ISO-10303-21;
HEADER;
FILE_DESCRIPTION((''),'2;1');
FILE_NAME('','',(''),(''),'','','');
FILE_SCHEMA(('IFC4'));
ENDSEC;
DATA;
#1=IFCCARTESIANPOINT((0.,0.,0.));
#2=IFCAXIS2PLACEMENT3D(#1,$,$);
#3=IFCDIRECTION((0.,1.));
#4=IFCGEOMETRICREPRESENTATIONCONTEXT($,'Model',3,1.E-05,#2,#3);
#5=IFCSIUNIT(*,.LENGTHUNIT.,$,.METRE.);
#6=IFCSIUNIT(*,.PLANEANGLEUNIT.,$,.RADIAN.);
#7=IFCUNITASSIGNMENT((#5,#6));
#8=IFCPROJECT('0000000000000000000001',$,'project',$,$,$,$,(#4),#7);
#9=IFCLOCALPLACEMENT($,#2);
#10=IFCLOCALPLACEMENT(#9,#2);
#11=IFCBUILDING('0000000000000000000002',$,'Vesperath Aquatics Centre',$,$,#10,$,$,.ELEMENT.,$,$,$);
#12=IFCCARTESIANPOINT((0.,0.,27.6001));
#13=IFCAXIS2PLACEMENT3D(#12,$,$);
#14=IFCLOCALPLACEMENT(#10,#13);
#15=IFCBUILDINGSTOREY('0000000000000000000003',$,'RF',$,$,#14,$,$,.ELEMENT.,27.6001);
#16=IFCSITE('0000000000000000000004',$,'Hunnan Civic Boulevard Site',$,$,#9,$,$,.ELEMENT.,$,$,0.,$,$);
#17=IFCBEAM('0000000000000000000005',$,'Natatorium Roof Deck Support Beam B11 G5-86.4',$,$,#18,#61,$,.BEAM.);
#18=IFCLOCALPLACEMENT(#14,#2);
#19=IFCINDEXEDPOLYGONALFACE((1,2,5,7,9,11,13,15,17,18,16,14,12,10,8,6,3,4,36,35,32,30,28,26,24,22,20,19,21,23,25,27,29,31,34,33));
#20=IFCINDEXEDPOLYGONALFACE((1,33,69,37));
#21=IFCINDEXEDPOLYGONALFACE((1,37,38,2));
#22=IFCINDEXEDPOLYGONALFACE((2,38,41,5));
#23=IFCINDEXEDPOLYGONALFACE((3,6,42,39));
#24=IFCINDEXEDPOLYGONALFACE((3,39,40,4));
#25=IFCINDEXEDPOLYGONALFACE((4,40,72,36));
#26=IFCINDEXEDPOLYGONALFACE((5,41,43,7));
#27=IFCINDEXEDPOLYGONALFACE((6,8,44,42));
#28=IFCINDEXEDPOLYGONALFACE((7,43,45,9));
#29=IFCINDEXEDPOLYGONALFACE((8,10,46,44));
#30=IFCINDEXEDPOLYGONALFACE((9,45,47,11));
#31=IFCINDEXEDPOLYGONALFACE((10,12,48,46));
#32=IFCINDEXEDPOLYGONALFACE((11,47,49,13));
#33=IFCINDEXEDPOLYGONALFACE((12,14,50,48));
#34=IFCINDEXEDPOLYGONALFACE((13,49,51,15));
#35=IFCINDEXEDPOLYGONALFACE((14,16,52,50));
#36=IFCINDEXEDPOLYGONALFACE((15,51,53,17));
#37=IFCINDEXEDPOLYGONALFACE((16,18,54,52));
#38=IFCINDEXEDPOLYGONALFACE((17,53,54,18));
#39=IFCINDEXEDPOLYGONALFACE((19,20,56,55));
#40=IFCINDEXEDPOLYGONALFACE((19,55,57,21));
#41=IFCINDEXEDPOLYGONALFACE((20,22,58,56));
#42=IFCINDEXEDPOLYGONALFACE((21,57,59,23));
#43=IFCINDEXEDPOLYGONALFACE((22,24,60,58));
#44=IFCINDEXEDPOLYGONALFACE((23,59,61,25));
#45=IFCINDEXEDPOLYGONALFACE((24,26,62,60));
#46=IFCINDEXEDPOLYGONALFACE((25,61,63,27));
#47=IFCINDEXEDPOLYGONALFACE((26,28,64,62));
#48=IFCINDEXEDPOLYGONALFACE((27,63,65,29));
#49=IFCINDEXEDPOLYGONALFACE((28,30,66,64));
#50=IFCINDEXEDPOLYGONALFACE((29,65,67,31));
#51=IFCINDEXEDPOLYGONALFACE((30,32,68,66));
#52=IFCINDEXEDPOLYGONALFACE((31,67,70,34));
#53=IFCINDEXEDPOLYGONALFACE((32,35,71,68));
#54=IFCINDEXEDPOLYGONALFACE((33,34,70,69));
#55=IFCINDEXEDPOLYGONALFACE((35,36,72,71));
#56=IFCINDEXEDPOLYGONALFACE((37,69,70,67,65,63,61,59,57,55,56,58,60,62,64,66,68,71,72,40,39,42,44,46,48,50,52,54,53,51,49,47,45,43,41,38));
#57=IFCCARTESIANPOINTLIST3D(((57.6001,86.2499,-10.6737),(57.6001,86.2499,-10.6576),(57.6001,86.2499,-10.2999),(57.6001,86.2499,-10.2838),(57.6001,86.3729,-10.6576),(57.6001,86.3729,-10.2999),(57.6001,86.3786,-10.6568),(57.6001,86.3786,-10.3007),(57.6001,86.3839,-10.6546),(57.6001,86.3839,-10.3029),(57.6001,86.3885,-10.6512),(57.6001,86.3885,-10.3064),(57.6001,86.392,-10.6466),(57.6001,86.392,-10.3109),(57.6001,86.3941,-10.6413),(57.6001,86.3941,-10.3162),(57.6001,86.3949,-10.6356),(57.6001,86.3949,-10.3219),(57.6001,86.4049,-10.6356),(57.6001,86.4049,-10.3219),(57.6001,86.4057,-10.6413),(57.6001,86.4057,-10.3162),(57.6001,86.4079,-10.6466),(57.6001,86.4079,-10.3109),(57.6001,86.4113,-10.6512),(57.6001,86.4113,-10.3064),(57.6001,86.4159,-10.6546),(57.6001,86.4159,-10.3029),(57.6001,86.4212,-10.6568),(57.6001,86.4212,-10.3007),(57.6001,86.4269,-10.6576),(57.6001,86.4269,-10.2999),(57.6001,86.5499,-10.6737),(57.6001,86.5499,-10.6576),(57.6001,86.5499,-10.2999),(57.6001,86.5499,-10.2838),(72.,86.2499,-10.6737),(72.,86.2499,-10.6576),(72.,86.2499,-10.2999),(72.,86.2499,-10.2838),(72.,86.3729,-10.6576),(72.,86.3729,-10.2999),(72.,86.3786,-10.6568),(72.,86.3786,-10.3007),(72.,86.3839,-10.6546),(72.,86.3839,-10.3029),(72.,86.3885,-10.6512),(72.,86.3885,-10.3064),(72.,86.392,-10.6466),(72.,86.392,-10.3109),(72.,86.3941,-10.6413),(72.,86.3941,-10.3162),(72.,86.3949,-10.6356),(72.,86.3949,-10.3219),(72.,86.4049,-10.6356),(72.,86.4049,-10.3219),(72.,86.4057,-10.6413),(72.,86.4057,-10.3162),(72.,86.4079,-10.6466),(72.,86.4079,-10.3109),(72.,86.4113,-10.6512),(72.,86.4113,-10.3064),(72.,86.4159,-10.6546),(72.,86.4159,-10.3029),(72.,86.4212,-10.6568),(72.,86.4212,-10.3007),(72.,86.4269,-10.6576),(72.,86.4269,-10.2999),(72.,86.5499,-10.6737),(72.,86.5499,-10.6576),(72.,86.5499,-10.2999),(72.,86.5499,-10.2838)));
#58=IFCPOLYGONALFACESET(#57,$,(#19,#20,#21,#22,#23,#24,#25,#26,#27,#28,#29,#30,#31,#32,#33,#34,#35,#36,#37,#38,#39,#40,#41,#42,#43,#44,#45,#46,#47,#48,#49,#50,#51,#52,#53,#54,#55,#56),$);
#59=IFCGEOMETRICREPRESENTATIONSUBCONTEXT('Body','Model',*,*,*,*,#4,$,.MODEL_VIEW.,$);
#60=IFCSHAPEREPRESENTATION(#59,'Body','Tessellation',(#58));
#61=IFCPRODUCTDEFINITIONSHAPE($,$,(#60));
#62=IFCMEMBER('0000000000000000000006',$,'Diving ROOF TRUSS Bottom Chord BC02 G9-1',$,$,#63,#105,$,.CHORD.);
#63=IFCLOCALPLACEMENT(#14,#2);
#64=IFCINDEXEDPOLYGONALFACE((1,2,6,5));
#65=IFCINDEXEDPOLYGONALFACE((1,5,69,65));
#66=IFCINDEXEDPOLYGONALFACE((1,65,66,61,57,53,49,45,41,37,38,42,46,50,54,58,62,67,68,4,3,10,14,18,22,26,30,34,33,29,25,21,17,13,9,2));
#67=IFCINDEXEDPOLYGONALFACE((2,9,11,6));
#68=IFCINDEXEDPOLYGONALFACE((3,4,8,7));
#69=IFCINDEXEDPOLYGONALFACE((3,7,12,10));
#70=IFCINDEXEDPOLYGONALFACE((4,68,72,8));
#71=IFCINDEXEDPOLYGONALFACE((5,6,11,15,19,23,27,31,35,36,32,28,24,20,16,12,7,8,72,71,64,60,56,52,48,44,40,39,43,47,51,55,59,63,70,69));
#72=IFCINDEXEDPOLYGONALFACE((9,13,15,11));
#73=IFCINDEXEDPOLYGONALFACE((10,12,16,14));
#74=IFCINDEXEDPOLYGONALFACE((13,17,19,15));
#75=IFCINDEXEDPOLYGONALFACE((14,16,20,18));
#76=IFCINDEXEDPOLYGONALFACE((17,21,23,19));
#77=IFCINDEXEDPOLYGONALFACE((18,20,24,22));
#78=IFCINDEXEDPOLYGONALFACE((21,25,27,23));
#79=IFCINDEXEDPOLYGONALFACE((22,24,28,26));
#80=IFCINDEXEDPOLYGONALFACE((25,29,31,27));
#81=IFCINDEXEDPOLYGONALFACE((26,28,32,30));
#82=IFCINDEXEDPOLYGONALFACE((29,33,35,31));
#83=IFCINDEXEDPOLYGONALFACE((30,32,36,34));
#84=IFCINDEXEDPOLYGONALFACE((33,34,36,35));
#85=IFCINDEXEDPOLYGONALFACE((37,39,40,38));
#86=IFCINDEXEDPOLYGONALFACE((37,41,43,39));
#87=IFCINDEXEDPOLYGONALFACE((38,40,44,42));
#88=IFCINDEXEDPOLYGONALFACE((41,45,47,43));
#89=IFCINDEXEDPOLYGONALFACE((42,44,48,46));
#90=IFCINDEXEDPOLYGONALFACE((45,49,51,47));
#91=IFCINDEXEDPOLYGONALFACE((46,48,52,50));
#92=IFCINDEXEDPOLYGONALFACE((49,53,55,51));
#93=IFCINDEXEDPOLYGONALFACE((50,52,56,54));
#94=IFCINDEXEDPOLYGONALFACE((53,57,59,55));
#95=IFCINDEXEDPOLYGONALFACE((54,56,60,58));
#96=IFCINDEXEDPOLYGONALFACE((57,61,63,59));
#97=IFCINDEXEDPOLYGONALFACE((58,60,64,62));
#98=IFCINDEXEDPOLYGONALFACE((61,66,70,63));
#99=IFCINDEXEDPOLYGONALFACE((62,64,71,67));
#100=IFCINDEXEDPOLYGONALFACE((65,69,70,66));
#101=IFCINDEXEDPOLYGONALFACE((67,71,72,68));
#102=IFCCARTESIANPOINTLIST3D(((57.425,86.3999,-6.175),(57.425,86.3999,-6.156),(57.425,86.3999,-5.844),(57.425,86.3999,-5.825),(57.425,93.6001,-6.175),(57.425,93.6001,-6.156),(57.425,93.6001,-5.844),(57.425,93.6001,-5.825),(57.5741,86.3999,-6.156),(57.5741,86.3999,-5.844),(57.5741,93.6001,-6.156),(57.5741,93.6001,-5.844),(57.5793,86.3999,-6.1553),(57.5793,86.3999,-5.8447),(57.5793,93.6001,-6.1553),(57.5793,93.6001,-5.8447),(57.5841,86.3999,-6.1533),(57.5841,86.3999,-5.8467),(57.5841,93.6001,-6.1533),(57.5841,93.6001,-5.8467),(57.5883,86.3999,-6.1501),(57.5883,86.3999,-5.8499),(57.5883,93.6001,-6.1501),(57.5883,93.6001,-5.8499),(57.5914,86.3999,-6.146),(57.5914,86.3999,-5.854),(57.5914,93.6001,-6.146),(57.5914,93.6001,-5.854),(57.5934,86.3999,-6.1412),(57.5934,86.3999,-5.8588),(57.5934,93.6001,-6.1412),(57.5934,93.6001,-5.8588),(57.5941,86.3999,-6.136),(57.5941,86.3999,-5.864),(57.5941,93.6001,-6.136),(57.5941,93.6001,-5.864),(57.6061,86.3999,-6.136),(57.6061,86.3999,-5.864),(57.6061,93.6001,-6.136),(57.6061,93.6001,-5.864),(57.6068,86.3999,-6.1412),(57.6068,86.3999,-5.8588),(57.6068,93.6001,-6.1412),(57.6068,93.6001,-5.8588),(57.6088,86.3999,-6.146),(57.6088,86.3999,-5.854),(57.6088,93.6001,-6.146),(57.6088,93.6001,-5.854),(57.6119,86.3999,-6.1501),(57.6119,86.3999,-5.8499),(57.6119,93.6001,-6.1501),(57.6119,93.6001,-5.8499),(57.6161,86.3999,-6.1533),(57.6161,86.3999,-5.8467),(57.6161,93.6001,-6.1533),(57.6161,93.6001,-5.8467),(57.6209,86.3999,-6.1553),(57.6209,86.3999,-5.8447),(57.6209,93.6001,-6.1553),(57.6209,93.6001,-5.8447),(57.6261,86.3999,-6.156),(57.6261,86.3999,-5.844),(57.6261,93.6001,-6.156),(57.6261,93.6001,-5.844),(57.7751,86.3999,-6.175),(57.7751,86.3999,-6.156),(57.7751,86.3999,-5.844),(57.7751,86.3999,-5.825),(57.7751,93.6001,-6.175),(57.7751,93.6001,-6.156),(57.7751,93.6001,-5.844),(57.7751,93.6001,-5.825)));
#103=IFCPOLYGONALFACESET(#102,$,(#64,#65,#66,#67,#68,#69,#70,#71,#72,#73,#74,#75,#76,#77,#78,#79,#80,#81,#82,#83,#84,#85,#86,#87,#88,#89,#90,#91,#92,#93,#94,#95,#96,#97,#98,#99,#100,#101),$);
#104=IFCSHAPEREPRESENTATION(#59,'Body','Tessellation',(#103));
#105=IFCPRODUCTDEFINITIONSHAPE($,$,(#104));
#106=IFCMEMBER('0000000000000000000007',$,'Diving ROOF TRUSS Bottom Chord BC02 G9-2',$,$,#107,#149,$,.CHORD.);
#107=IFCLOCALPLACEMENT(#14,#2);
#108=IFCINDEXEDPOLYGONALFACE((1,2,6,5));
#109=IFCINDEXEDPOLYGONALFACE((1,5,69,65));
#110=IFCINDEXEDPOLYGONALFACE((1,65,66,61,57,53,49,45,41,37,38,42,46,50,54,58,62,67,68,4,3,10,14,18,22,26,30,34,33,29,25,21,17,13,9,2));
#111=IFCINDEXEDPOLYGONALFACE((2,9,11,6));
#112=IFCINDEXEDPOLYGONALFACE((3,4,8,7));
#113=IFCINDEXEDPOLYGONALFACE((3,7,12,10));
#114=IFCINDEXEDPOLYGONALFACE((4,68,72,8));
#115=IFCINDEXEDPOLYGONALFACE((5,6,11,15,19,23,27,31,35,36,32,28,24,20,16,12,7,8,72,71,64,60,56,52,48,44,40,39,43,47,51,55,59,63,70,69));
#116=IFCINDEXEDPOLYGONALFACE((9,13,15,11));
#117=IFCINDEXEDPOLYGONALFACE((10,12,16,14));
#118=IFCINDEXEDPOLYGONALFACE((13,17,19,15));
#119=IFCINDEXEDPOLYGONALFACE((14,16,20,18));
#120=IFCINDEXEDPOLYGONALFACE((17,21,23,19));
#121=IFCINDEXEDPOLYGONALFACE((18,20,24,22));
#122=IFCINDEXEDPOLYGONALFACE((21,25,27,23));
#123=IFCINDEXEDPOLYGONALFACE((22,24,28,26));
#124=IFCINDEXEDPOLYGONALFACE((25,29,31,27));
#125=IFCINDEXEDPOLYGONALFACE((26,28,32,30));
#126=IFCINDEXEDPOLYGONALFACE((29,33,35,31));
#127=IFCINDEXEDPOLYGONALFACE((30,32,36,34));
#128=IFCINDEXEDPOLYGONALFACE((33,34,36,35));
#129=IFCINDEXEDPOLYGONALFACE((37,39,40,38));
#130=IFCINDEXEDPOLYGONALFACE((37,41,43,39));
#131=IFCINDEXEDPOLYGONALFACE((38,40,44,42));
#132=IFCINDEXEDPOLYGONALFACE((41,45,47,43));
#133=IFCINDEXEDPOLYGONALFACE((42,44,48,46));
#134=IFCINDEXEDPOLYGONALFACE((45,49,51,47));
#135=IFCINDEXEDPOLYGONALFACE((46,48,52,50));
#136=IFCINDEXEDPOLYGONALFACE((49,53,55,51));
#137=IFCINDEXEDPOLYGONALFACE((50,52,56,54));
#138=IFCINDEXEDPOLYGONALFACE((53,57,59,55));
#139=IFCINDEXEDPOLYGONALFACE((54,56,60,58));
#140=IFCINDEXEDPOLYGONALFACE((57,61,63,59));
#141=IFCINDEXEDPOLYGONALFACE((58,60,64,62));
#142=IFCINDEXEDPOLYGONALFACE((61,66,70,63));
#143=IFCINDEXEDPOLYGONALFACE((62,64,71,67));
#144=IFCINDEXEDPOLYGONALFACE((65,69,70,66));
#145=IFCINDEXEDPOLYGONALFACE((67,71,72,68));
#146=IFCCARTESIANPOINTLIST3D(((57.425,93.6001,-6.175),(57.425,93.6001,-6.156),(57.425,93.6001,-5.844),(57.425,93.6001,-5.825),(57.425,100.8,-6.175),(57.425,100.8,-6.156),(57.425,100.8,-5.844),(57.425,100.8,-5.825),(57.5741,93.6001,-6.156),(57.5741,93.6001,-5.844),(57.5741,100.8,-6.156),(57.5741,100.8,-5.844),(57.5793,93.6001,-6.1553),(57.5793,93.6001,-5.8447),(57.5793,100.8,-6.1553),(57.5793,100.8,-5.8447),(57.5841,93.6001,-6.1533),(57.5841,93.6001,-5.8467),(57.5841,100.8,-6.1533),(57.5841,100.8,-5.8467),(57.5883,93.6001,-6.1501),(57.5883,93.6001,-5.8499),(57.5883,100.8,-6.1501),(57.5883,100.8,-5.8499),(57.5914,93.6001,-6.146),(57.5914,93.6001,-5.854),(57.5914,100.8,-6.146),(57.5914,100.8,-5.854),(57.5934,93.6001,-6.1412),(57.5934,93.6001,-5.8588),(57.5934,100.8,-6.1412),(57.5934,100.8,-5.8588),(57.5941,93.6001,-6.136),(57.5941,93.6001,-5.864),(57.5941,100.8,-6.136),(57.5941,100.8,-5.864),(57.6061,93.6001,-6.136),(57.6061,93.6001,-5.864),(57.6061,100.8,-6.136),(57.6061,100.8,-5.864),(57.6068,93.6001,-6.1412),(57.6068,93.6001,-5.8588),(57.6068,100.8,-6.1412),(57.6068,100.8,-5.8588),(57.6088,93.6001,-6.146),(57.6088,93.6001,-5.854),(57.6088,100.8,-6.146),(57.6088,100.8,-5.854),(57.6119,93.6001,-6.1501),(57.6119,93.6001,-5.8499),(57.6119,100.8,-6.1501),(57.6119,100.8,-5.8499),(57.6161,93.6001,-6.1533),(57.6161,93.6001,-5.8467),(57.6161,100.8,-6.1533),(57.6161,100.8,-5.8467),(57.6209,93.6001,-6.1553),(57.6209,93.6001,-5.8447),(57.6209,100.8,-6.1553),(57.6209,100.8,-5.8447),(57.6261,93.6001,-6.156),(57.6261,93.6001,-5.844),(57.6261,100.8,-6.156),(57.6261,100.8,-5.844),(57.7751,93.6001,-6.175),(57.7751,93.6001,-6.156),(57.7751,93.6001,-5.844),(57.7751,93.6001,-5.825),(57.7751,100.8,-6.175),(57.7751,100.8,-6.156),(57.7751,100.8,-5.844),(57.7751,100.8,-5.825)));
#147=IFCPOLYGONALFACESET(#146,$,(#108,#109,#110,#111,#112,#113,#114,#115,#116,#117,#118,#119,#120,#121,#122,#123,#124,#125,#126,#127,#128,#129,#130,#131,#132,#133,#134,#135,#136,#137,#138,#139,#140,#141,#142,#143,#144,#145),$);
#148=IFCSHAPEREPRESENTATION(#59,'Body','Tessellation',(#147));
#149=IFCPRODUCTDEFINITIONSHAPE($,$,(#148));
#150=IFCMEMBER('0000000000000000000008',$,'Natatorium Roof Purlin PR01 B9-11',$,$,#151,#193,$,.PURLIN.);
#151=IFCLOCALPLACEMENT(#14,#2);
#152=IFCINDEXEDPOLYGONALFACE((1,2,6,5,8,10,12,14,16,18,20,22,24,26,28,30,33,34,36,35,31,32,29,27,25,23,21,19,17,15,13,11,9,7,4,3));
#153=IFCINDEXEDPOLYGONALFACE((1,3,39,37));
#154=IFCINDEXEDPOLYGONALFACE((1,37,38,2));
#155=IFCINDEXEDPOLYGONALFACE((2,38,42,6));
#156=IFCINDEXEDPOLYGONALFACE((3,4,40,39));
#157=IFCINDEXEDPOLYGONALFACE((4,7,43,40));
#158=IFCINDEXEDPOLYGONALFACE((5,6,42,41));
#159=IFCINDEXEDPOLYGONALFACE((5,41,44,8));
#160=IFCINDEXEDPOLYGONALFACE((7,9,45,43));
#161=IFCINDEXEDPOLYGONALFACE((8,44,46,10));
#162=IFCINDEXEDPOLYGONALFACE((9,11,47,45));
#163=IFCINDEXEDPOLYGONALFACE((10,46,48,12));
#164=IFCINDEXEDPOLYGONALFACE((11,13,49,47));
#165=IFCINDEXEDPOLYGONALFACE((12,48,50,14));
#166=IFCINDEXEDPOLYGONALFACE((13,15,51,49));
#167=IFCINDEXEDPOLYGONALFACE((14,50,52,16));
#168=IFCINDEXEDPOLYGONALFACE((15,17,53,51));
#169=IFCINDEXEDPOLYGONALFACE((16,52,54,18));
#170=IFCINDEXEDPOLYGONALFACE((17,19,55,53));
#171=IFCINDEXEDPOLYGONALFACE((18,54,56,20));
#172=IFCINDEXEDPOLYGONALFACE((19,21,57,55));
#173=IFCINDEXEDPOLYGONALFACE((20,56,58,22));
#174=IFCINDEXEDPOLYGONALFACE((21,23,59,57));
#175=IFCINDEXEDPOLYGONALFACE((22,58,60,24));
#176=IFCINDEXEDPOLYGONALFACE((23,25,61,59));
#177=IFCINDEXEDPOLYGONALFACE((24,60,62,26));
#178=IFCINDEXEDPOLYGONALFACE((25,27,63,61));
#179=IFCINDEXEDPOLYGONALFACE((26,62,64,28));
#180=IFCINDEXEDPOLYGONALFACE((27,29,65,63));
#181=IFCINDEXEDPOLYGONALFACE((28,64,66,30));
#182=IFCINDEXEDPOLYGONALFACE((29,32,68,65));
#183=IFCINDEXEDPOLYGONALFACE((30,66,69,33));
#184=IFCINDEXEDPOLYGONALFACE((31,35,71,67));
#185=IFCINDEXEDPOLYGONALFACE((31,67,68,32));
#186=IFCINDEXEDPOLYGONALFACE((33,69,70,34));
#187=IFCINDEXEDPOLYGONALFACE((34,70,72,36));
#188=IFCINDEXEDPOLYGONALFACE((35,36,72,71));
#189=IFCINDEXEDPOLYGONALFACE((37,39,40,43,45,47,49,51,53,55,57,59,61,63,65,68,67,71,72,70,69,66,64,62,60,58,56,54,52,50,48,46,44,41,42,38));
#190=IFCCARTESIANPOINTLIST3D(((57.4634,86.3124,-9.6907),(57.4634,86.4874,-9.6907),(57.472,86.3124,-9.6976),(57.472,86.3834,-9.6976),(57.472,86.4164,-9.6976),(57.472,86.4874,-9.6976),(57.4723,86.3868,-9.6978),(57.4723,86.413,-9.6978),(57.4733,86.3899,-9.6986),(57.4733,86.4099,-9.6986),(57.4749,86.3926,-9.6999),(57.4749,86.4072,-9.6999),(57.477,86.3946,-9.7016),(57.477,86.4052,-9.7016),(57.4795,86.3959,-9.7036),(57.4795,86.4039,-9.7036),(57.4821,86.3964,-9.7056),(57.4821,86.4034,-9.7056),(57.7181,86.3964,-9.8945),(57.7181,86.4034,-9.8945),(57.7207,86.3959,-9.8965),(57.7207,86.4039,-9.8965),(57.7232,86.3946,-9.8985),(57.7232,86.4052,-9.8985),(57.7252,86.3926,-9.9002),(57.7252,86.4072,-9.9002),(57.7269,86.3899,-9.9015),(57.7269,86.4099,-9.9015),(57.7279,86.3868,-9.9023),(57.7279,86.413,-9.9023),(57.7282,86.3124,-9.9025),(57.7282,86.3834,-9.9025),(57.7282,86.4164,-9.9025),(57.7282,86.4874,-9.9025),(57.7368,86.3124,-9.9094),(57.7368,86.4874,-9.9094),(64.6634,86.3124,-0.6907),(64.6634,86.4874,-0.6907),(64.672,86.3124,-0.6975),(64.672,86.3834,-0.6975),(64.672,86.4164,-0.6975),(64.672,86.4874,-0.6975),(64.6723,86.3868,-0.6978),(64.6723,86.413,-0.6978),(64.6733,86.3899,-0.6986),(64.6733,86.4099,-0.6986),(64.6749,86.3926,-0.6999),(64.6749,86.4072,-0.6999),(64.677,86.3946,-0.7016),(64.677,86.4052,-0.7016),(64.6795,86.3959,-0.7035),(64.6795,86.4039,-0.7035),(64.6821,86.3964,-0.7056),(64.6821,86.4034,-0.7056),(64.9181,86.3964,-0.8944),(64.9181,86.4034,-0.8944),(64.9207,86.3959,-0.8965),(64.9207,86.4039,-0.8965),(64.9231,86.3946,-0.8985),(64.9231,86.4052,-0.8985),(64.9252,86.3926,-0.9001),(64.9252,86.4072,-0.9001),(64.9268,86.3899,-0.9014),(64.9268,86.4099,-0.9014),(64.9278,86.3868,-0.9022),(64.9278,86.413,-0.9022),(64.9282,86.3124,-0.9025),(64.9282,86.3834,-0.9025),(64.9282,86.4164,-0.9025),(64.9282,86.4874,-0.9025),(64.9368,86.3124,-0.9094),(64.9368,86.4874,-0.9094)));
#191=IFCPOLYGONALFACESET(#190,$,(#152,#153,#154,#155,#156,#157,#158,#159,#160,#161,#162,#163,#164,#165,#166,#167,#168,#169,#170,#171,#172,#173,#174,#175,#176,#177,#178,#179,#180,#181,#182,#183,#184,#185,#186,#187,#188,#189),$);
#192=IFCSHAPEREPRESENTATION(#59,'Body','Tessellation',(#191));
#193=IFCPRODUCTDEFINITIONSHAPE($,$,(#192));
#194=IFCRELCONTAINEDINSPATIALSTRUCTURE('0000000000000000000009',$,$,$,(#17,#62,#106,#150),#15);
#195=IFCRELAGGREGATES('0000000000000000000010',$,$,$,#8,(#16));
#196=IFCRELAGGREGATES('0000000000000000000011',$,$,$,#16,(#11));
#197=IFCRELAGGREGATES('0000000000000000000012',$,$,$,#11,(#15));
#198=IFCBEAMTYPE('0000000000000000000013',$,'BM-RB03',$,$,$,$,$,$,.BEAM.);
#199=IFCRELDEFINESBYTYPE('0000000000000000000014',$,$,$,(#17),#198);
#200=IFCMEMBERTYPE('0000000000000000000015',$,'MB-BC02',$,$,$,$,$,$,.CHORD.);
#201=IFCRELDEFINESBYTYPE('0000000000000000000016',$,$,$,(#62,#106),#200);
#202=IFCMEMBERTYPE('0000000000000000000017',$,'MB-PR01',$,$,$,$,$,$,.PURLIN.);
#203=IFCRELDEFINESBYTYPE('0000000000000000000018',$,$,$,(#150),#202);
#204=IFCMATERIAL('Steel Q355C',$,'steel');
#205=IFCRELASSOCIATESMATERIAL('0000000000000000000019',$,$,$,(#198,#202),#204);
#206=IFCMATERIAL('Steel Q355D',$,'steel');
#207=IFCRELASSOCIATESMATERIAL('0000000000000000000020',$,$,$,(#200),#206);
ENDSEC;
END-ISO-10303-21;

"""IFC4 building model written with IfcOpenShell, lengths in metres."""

from ifc_helpers import new_model, si_unit, direction, frame, origin, origin_2d, place, context, subcontext, project, spatial, i_section, extrude, material, material_profile, profile_set, type_object, element, save


model = new_model("IFC4")

# Units and contexts
model_context = context("Model", 3, precision=1e-05, world=origin(), true_north=direction((0.0, 1.0)))
body_context = subcontext(model_context, "Body", "Model", "MODEL_VIEW")
ifc_project = project(units=[si_unit("LENGTHUNIT", "METRE"), si_unit("PLANEANGLEUNIT", "RADIAN")], contexts=[model_context])

# Site, building, storey
site_placement = place(None, origin())
site = spatial("IfcSite", under=ifc_project, at=site_placement, Name="Hunnan Civic Boulevard Site", CompositionType="ELEMENT", RefElevation=0.0)
building_placement = place(site_placement, origin())
building = spatial("IfcBuilding", under=site, at=building_placement, Name="Vesperath Aquatics Centre", CompositionType="ELEMENT")
storey_placement = place(building_placement, frame((0.0, 0.0, 27.6001)))
storey = spatial("IfcBuildingStorey", under=building, at=storey_placement, Name="RF", CompositionType="ELEMENT", Elevation=27.6001)

# Beam
ifc_material_1 = material(Name="Steel Q355C", Category="steel")
ifc_material_profile_1 = material_profile(ifc_material_1, i_section(OverallWidth=0.3, OverallDepth=0.3899, WebThickness=0.01, FlangeThickness=0.0161, FilletRadius=0.022, at=origin_2d()), Name="HM 390x300x10x16")
ifc_profile_set_1 = profile_set([ifc_material_profile_1], Name="Steel Q355C")
beam_type = type_object("IfcBeamType", Name="BM-RB03", PredefinedType="BEAM", material=ifc_profile_set_1)
beam_placement = place(storey_placement, frame((57.6001, 86.3999, -10.4788), z_axis=(1.0, 0.0, 0.0), x_axis=(0.0, 1.0, 0.0)))
element("IfcBeam", 1, at=beam_placement, inside=storey, type_object=beam_type, Name="Natatorium Roof Deck Support Beam B11 G5-86.4", PredefinedType="BEAM", context=body_context, shape_type="SweptSolid", body=[
    extrude(i_section(OverallWidth=0.3, OverallDepth=0.3899, WebThickness=0.01, FlangeThickness=0.0161, FilletRadius=0.022, at=origin_2d()), origin(), (0.0, 0.0, 1.0), 14.3999),
])

# Members
ifc_material_2 = material(Name="Steel Q355D", Category="steel")
ifc_material_profile_2 = material_profile(ifc_material_2, i_section(OverallWidth=0.3501, OverallDepth=0.3501, WebThickness=0.012, FlangeThickness=0.019, FilletRadius=0.02, at=origin_2d()), Name="HW 350x350x12x19")
ifc_profile_set_2 = profile_set([ifc_material_profile_2], Name="Steel Q355D")
member_type_1 = type_object("IfcMemberType", Name="MB-BC02", PredefinedType="CHORD", material=ifc_profile_set_2)
member_1_placement = place(storey_placement, frame((57.6001, 86.3999, -6.0), z_axis=(0.0, 1.0, 0.0), x_axis=(-1.0, 0.0, 0.0)))
element("IfcMember", 2, at=member_1_placement, inside=storey, type_object=member_type_1, Name="Diving ROOF TRUSS Bottom Chord BC02 G9-1", PredefinedType="CHORD", context=body_context, shape_type="SweptSolid", body=[
    extrude(i_section(OverallWidth=0.3501, OverallDepth=0.3501, WebThickness=0.012, FlangeThickness=0.019, FilletRadius=0.02, at=origin_2d()), origin(), (0.0, 0.0, 1.0), 7.2002),
])
member_2_placement = place(storey_placement, frame((57.6001, 93.6001, -6.0), z_axis=(0.0, 1.0, 0.0), x_axis=(-1.0, 0.0, 0.0)))
element("IfcMember", 3, at=member_2_placement, inside=storey, type_object=member_type_1, Name="Diving ROOF TRUSS Bottom Chord BC02 G9-2", PredefinedType="CHORD", context=body_context, shape_type="SweptSolid", body=[
    extrude(i_section(OverallWidth=0.3501, OverallDepth=0.3501, WebThickness=0.012, FlangeThickness=0.019, FilletRadius=0.02, at=origin_2d()), origin(), (0.0, 0.0, 1.0), 7.2),
])
ifc_material_profile_3 = material_profile(ifc_material_1, i_section(OverallWidth=0.175, OverallDepth=0.3501, WebThickness=0.0071, FlangeThickness=0.011, FilletRadius=0.0129, at=origin_2d()), Name="HN 350x175x7x11")
ifc_profile_set_3 = profile_set([ifc_material_profile_3], Name="Steel Q355C")
member_type_2 = type_object("IfcMemberType", Name="MB-PR01", PredefinedType="PURLIN", material=ifc_profile_set_3)
member_3_placement = place(storey_placement, frame((57.6001, 86.3999, -9.8), z_axis=(0.624692, 0.0, 0.780871), x_axis=(0.0, 1.0, 0.0)))
element("IfcMember", 4, at=member_3_placement, inside=storey, type_object=member_type_2, Name="Natatorium Roof Purlin PR01 B9-11", PredefinedType="PURLIN", context=body_context, shape_type="SweptSolid", body=[
    extrude(i_section(OverallWidth=0.175, OverallDepth=0.3501, WebThickness=0.0071, FlangeThickness=0.011, FilletRadius=0.0129, at=origin_2d()), origin(), (0.0, 0.0, 1.0), 11.5256),
])

save(model, "model.ifc")
